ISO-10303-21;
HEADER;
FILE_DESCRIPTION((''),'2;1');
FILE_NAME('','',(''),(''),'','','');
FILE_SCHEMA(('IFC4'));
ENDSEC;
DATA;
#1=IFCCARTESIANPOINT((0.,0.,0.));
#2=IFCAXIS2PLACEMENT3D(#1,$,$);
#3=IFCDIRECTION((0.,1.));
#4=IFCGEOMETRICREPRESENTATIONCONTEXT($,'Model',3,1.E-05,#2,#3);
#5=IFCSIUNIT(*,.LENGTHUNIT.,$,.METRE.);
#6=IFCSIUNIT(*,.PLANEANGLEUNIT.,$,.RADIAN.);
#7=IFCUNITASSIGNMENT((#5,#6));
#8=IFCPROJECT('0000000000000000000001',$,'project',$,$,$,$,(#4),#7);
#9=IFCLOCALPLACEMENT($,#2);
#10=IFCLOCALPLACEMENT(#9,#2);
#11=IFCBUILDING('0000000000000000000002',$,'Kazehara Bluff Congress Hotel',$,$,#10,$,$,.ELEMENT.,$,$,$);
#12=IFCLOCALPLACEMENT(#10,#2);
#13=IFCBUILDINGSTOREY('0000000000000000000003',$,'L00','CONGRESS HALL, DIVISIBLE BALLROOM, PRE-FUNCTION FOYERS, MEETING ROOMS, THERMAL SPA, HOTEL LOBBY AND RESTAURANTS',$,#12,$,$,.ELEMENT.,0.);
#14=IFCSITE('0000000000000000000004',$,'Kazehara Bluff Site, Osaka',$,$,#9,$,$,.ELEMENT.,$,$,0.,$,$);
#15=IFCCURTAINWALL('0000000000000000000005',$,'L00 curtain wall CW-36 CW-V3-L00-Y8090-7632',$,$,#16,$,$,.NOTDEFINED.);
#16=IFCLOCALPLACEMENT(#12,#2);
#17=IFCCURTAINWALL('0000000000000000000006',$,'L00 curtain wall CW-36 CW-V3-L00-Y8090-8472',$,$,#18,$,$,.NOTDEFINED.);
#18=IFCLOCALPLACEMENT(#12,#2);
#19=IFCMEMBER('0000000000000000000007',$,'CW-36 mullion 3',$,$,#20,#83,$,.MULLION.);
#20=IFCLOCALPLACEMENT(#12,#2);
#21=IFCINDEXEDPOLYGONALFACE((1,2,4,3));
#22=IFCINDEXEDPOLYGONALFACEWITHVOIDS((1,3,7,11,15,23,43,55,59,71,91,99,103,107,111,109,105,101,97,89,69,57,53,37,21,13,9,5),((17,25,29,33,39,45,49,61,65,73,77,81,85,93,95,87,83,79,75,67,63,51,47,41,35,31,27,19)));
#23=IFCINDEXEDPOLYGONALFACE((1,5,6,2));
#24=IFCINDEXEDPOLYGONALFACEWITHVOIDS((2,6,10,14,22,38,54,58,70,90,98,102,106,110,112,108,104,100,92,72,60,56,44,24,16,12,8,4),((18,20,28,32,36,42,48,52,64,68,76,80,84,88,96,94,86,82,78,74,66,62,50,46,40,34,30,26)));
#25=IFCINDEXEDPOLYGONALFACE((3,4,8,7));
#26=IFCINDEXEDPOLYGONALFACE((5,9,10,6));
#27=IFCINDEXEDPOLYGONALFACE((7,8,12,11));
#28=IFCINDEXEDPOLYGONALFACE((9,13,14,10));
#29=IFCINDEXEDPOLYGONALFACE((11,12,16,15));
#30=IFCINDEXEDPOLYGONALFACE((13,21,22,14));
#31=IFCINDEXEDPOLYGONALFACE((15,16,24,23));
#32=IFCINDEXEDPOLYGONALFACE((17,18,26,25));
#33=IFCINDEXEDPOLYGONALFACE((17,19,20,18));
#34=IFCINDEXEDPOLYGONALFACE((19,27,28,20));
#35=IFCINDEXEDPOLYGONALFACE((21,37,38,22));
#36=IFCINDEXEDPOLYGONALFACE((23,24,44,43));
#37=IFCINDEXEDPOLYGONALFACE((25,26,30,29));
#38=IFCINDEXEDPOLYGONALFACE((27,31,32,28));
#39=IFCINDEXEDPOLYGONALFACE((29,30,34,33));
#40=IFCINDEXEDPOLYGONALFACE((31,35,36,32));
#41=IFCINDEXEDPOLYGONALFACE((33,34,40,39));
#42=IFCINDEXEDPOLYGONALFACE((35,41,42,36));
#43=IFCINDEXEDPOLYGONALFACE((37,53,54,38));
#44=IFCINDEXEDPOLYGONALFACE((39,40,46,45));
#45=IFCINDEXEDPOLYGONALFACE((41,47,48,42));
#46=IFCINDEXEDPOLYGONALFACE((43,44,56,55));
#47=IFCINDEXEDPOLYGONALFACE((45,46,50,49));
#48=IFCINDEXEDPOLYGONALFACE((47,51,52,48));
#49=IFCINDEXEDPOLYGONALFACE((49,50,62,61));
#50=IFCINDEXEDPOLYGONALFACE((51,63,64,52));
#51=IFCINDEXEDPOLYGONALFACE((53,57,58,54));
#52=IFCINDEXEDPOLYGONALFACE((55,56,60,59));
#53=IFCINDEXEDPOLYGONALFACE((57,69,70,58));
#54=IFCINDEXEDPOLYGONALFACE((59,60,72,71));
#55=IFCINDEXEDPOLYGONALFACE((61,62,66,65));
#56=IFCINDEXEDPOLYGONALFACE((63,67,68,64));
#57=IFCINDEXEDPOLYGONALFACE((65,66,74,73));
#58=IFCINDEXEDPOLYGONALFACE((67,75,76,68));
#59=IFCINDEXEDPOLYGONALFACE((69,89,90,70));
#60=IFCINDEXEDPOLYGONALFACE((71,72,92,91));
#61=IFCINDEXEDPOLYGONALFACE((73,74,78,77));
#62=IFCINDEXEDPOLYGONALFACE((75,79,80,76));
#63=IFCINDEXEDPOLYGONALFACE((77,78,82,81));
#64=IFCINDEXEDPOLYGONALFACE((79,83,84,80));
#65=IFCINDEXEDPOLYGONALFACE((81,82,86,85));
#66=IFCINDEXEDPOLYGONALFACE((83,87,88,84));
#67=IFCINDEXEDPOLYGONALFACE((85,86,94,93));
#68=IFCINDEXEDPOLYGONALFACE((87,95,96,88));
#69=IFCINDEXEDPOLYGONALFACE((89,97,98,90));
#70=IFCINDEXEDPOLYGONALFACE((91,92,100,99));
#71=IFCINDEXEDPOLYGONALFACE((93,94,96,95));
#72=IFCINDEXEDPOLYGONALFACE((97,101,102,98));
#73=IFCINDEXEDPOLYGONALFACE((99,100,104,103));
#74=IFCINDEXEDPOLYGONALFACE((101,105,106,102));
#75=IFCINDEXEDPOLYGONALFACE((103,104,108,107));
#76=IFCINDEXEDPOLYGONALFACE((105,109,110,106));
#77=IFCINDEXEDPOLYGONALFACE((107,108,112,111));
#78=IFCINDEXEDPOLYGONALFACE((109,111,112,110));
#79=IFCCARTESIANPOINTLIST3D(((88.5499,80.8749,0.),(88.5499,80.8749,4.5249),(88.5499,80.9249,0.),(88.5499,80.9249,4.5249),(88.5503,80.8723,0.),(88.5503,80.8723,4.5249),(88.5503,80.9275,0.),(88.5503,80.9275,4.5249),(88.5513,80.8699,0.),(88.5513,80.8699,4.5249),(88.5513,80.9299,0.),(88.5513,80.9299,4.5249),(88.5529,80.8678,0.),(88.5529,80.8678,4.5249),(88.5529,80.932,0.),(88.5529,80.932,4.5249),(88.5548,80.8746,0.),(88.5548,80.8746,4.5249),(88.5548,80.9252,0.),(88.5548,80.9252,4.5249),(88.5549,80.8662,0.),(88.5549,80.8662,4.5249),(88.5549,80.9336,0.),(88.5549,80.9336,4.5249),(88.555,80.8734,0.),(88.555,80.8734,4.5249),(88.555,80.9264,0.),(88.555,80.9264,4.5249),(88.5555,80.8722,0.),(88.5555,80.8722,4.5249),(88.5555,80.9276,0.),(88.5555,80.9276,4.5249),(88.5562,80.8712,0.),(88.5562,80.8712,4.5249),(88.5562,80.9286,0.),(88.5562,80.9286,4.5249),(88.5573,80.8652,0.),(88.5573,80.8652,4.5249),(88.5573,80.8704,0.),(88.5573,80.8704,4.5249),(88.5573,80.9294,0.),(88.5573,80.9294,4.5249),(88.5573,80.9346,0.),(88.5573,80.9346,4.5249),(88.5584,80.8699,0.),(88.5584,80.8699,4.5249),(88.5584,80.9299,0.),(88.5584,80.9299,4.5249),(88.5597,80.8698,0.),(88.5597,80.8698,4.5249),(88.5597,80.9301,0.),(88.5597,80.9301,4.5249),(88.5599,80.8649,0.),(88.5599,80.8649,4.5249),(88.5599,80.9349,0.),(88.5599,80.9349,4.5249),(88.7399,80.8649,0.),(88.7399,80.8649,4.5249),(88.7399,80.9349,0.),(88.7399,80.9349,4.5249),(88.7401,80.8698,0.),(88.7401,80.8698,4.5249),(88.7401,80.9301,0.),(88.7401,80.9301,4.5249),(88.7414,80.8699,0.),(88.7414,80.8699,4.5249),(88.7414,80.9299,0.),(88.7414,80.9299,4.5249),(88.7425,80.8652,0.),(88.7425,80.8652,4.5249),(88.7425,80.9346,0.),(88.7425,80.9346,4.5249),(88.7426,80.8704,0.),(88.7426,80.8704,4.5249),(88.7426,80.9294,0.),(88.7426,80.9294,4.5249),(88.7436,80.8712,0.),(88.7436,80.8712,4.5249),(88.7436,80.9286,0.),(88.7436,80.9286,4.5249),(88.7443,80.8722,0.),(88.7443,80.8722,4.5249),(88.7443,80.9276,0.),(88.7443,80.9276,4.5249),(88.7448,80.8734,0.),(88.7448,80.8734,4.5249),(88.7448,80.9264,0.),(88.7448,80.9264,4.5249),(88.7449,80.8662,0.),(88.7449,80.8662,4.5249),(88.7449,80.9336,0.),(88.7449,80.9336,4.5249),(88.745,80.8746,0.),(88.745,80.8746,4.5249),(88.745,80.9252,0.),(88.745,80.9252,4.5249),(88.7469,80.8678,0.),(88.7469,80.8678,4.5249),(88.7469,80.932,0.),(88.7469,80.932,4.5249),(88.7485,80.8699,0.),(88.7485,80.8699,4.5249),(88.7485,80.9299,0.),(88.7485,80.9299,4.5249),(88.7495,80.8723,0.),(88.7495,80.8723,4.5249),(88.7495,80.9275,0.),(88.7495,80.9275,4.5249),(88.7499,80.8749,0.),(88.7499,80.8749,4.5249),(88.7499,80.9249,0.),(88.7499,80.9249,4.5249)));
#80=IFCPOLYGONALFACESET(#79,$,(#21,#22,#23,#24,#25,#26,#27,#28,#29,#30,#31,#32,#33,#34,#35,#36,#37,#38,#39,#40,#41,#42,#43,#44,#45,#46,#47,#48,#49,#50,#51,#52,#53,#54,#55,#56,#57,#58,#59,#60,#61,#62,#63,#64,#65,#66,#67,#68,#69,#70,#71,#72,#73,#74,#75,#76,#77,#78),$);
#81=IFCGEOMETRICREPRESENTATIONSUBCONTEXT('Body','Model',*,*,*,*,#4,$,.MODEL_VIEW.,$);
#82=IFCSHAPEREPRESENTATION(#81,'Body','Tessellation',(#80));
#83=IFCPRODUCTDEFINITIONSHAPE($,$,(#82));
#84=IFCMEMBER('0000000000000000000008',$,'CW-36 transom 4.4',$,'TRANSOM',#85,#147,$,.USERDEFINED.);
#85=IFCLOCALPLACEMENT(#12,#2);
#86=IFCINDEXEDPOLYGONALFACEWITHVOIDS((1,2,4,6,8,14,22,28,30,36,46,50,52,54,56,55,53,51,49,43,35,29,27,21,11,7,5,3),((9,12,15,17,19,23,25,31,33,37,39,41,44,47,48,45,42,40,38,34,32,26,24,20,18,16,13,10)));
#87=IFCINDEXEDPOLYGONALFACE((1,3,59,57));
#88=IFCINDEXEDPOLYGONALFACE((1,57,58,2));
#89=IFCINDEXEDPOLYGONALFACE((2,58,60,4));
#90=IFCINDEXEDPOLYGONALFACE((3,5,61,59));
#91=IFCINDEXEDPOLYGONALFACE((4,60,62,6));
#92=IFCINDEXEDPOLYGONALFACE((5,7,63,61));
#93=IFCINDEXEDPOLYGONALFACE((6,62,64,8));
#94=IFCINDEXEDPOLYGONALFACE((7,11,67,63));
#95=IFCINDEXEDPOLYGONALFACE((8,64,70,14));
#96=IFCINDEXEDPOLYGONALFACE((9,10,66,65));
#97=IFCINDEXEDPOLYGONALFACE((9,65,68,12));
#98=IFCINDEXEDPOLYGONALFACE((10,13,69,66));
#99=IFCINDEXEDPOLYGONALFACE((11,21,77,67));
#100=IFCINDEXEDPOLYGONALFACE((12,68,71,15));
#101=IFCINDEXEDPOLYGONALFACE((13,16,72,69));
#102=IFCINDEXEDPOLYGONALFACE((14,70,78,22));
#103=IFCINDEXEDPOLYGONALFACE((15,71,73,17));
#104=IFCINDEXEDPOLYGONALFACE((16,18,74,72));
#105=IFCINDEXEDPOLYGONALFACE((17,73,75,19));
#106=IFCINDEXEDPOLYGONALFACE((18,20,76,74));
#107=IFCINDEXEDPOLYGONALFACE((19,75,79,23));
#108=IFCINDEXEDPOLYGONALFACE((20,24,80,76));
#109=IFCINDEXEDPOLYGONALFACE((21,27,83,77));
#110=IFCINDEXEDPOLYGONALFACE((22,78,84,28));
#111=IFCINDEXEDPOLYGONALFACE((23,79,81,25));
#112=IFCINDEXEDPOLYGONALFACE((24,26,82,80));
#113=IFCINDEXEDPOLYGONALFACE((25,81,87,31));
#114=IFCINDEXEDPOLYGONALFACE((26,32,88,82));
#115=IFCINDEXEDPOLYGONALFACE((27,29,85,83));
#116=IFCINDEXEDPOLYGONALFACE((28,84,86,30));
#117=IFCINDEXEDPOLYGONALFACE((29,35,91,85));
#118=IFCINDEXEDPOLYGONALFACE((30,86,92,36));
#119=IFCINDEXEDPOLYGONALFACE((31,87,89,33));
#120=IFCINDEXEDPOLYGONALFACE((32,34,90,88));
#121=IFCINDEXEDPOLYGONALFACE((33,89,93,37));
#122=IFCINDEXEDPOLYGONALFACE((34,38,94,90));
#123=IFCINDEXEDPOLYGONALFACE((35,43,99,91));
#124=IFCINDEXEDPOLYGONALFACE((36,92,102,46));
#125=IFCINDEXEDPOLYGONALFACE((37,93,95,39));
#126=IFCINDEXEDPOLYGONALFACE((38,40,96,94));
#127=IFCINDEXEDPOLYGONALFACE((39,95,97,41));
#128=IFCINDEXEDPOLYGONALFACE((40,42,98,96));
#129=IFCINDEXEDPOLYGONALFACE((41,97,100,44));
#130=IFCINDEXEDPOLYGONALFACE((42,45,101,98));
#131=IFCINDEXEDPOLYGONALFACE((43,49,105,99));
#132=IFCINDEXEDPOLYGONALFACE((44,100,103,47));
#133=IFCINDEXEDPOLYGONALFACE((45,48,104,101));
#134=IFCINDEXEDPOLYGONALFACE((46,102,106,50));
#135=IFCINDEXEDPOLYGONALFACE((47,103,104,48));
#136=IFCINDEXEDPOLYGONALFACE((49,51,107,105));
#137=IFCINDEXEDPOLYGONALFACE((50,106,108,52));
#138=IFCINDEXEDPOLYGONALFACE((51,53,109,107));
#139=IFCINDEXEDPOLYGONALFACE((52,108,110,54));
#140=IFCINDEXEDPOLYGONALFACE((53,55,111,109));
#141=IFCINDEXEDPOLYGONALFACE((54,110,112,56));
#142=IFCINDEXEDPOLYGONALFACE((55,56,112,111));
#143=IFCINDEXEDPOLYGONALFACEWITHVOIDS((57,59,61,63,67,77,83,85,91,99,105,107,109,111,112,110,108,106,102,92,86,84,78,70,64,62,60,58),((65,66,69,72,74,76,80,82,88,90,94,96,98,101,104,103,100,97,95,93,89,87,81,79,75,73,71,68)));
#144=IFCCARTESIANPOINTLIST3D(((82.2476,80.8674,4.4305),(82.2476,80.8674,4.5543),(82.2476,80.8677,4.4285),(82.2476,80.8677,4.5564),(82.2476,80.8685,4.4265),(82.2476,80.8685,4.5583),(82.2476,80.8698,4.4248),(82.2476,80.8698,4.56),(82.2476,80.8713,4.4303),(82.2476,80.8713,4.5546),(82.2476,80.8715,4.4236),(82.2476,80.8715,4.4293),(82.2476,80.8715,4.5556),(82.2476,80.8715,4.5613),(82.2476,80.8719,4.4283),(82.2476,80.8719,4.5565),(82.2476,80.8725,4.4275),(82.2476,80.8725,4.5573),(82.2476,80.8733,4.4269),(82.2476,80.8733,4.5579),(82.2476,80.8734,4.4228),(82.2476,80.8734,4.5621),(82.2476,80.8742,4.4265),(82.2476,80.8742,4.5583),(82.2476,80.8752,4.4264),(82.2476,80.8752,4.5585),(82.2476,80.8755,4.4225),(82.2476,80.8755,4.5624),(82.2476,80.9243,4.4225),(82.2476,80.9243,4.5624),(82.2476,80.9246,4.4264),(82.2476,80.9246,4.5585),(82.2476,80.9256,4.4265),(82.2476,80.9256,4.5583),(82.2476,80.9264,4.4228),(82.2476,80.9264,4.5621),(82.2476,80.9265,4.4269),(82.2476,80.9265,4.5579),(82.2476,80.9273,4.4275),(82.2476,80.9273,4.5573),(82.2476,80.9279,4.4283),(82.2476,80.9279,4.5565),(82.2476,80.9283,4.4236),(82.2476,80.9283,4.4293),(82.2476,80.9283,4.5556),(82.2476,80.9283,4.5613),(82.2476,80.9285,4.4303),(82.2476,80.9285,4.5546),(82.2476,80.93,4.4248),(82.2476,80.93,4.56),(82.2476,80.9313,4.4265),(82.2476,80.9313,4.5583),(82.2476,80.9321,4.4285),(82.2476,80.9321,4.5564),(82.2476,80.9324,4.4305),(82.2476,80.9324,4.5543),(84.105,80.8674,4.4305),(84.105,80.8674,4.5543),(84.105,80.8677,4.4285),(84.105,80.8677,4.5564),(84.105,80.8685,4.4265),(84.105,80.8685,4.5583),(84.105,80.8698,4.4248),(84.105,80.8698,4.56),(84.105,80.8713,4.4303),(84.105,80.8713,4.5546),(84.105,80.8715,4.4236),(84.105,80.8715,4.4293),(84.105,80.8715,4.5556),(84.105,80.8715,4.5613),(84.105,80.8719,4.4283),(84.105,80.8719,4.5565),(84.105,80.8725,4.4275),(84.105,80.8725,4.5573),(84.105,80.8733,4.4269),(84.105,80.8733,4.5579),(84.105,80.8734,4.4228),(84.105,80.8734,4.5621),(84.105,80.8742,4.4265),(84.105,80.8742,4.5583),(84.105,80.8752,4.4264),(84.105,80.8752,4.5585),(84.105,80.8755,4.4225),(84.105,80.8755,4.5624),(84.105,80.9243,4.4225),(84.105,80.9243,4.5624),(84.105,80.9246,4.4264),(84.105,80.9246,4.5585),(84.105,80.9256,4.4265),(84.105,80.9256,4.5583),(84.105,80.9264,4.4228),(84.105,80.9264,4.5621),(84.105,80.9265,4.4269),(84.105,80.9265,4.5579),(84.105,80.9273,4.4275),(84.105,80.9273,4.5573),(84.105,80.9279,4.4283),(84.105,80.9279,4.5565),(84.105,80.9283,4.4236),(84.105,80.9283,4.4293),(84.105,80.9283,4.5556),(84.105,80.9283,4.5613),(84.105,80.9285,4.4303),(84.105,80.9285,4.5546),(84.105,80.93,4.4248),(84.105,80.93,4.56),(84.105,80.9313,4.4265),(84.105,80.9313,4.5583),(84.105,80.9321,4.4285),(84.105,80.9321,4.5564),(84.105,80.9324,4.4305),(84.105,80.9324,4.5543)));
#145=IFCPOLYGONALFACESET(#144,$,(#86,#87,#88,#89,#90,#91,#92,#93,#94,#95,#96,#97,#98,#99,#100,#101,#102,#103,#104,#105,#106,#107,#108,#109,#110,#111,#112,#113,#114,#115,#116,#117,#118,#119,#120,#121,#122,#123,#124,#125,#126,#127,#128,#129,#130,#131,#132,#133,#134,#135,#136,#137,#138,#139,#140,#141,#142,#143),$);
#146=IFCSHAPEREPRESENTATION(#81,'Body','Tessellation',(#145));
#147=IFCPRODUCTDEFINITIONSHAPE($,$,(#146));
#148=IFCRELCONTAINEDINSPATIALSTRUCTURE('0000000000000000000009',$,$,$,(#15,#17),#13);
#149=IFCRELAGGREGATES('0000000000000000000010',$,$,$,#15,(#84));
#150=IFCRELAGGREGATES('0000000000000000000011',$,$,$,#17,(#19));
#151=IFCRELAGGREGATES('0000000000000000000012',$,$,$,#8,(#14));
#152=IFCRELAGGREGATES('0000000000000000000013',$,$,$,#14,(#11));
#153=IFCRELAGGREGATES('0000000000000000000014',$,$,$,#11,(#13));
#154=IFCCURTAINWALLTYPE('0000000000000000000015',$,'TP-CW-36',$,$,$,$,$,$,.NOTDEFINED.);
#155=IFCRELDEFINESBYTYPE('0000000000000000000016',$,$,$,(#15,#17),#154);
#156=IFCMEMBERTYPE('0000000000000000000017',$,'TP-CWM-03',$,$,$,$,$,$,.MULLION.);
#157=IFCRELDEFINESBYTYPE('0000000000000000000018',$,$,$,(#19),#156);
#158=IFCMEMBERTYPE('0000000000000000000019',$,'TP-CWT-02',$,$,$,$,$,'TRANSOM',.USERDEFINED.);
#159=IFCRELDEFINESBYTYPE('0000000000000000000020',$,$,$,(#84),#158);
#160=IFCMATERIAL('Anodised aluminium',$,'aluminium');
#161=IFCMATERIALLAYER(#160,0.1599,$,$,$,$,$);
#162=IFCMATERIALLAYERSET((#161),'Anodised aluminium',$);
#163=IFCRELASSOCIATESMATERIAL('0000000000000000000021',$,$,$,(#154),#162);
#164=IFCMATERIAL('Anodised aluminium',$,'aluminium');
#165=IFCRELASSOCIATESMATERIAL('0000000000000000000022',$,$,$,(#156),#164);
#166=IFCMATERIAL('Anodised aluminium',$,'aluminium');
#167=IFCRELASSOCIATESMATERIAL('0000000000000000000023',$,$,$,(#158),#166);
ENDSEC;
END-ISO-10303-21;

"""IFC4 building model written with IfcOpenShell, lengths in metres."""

from ifc_helpers import new_model, si_unit, direction, frame, origin, origin_2d, place, context, subcontext, project, spatial, hollow_rectangle, extrude, material, layer, layer_set, material_profile, profile_set, type_object, element, aggregate, save


model = new_model("IFC4")

# Units and contexts
model_context = context("Model", 3, precision=1e-05, world=origin(), true_north=direction((0.0, 1.0)))
body_context = subcontext(model_context, "Body", "Model", "MODEL_VIEW")
ifc_project = project(units=[si_unit("LENGTHUNIT", "METRE"), si_unit("PLANEANGLEUNIT", "RADIAN")], contexts=[model_context])

# Site, building, storey
site_placement = place(None, origin())
site = spatial("IfcSite", under=ifc_project, at=site_placement, Name="Kazehara Bluff Site, Osaka", CompositionType="ELEMENT", RefElevation=0.0)
building_placement = place(site_placement, origin())
building = spatial("IfcBuilding", under=site, at=building_placement, Name="Kazehara Bluff Congress Hotel", CompositionType="ELEMENT")
storey_placement = place(building_placement, origin())
storey = spatial("IfcBuildingStorey", under=building, at=storey_placement, Name="L00", Description="CONGRESS HALL, DIVISIBLE BALLROOM, PRE-FUNCTION FOYERS, MEETING ROOMS, THERMAL SPA, HOTEL LOBBY AND RESTAURANTS", CompositionType="ELEMENT", Elevation=0.0)

# Curtain wall
ifc_material_1 = material(Name="Anodised aluminium", Category="aluminium")
ifc_layer_1 = layer(ifc_material_1, 0.1599)
ifc_layer_set_1 = layer_set([ifc_layer_1], Name="Anodised aluminium")
curtain_wall_type = type_object("IfcCurtainWallType", Name="TP-CW-36", PredefinedType="NOTDEFINED", material=ifc_layer_set_1)
curtain_wall_1_placement = place(storey_placement, origin())
curtain_wall_1 = element("IfcCurtainWall", 1, at=curtain_wall_1_placement, inside=storey, type_object=curtain_wall_type, Name="L00 curtain wall CW-36 CW-V3-L00-Y8090-7632", PredefinedType="NOTDEFINED")
ifc_material_2 = material(Name="Anodised aluminium", Category="aluminium")
ifc_material_profile_1 = material_profile(ifc_material_2, hollow_rectangle(XDim=0.0701, YDim=0.2, WallThickness=0.0049, InnerFilletRadius=0.0049, OuterFilletRadius=0.01, at=origin_2d()))
ifc_profile_set_1 = profile_set([ifc_material_profile_1], Name="Anodised aluminium")
member_type_1 = type_object("IfcMemberType", Name="TP-CWM-03", PredefinedType="MULLION", material=ifc_profile_set_1)

# Curtain wall, member
curtain_wall_2_placement = place(storey_placement, origin())
curtain_wall_2 = element("IfcCurtainWall", 2, at=curtain_wall_2_placement, inside=storey, type_object=curtain_wall_type, Name="L00 curtain wall CW-36 CW-V3-L00-Y8090-8472", PredefinedType="NOTDEFINED")
member_1_placement = place(storey_placement, frame((88.6499, 80.8999, 0.0), z_axis=(0.0, 0.0, 1.0), x_axis=(0.0, 1.0, 0.0)))
member_1 = element("IfcMember", 3, at=member_1_placement, type_object=member_type_1, Name="CW-36 mullion 3", PredefinedType="MULLION", context=body_context, shape_type="SweptSolid", body=[
    extrude(hollow_rectangle(XDim=0.0701, YDim=0.2, WallThickness=0.0049, InnerFilletRadius=0.0049, OuterFilletRadius=0.01, at=origin_2d()), origin(), (0.0, 0.0, 1.0), 4.5249),
])

# Member
ifc_material_3 = material(Name="Anodised aluminium", Category="aluminium")
ifc_material_profile_2 = material_profile(ifc_material_3, hollow_rectangle(XDim=0.0649, YDim=0.1399, WallThickness=0.0039, InnerFilletRadius=0.0039, OuterFilletRadius=0.0081, at=origin_2d()))
ifc_profile_set_2 = profile_set([ifc_material_profile_2], Name="Anodised aluminium")
member_type_2 = type_object("IfcMemberType", Name="TP-CWT-02", ElementType="TRANSOM", PredefinedType="USERDEFINED", material=ifc_profile_set_2)
member_2_placement = place(storey_placement, frame((82.2476, 80.8999, 4.4924), z_axis=(1.0, 0.0, 0.0), x_axis=(0.0, 1.0, 0.0)))
member_2 = element("IfcMember", 4, at=member_2_placement, type_object=member_type_2, Name="CW-36 transom 4.4", ObjectType="TRANSOM", PredefinedType="USERDEFINED", context=body_context, shape_type="SweptSolid", body=[
    extrude(hollow_rectangle(XDim=0.0649, YDim=0.1399, WallThickness=0.0039, InnerFilletRadius=0.0039, OuterFilletRadius=0.0081, at=origin_2d()), origin(), (0.0, 0.0, 1.0), 1.8574),
])

aggregate(curtain_wall_1, [member_2])
aggregate(curtain_wall_2, [member_1])

save(model, "model.ifc")
